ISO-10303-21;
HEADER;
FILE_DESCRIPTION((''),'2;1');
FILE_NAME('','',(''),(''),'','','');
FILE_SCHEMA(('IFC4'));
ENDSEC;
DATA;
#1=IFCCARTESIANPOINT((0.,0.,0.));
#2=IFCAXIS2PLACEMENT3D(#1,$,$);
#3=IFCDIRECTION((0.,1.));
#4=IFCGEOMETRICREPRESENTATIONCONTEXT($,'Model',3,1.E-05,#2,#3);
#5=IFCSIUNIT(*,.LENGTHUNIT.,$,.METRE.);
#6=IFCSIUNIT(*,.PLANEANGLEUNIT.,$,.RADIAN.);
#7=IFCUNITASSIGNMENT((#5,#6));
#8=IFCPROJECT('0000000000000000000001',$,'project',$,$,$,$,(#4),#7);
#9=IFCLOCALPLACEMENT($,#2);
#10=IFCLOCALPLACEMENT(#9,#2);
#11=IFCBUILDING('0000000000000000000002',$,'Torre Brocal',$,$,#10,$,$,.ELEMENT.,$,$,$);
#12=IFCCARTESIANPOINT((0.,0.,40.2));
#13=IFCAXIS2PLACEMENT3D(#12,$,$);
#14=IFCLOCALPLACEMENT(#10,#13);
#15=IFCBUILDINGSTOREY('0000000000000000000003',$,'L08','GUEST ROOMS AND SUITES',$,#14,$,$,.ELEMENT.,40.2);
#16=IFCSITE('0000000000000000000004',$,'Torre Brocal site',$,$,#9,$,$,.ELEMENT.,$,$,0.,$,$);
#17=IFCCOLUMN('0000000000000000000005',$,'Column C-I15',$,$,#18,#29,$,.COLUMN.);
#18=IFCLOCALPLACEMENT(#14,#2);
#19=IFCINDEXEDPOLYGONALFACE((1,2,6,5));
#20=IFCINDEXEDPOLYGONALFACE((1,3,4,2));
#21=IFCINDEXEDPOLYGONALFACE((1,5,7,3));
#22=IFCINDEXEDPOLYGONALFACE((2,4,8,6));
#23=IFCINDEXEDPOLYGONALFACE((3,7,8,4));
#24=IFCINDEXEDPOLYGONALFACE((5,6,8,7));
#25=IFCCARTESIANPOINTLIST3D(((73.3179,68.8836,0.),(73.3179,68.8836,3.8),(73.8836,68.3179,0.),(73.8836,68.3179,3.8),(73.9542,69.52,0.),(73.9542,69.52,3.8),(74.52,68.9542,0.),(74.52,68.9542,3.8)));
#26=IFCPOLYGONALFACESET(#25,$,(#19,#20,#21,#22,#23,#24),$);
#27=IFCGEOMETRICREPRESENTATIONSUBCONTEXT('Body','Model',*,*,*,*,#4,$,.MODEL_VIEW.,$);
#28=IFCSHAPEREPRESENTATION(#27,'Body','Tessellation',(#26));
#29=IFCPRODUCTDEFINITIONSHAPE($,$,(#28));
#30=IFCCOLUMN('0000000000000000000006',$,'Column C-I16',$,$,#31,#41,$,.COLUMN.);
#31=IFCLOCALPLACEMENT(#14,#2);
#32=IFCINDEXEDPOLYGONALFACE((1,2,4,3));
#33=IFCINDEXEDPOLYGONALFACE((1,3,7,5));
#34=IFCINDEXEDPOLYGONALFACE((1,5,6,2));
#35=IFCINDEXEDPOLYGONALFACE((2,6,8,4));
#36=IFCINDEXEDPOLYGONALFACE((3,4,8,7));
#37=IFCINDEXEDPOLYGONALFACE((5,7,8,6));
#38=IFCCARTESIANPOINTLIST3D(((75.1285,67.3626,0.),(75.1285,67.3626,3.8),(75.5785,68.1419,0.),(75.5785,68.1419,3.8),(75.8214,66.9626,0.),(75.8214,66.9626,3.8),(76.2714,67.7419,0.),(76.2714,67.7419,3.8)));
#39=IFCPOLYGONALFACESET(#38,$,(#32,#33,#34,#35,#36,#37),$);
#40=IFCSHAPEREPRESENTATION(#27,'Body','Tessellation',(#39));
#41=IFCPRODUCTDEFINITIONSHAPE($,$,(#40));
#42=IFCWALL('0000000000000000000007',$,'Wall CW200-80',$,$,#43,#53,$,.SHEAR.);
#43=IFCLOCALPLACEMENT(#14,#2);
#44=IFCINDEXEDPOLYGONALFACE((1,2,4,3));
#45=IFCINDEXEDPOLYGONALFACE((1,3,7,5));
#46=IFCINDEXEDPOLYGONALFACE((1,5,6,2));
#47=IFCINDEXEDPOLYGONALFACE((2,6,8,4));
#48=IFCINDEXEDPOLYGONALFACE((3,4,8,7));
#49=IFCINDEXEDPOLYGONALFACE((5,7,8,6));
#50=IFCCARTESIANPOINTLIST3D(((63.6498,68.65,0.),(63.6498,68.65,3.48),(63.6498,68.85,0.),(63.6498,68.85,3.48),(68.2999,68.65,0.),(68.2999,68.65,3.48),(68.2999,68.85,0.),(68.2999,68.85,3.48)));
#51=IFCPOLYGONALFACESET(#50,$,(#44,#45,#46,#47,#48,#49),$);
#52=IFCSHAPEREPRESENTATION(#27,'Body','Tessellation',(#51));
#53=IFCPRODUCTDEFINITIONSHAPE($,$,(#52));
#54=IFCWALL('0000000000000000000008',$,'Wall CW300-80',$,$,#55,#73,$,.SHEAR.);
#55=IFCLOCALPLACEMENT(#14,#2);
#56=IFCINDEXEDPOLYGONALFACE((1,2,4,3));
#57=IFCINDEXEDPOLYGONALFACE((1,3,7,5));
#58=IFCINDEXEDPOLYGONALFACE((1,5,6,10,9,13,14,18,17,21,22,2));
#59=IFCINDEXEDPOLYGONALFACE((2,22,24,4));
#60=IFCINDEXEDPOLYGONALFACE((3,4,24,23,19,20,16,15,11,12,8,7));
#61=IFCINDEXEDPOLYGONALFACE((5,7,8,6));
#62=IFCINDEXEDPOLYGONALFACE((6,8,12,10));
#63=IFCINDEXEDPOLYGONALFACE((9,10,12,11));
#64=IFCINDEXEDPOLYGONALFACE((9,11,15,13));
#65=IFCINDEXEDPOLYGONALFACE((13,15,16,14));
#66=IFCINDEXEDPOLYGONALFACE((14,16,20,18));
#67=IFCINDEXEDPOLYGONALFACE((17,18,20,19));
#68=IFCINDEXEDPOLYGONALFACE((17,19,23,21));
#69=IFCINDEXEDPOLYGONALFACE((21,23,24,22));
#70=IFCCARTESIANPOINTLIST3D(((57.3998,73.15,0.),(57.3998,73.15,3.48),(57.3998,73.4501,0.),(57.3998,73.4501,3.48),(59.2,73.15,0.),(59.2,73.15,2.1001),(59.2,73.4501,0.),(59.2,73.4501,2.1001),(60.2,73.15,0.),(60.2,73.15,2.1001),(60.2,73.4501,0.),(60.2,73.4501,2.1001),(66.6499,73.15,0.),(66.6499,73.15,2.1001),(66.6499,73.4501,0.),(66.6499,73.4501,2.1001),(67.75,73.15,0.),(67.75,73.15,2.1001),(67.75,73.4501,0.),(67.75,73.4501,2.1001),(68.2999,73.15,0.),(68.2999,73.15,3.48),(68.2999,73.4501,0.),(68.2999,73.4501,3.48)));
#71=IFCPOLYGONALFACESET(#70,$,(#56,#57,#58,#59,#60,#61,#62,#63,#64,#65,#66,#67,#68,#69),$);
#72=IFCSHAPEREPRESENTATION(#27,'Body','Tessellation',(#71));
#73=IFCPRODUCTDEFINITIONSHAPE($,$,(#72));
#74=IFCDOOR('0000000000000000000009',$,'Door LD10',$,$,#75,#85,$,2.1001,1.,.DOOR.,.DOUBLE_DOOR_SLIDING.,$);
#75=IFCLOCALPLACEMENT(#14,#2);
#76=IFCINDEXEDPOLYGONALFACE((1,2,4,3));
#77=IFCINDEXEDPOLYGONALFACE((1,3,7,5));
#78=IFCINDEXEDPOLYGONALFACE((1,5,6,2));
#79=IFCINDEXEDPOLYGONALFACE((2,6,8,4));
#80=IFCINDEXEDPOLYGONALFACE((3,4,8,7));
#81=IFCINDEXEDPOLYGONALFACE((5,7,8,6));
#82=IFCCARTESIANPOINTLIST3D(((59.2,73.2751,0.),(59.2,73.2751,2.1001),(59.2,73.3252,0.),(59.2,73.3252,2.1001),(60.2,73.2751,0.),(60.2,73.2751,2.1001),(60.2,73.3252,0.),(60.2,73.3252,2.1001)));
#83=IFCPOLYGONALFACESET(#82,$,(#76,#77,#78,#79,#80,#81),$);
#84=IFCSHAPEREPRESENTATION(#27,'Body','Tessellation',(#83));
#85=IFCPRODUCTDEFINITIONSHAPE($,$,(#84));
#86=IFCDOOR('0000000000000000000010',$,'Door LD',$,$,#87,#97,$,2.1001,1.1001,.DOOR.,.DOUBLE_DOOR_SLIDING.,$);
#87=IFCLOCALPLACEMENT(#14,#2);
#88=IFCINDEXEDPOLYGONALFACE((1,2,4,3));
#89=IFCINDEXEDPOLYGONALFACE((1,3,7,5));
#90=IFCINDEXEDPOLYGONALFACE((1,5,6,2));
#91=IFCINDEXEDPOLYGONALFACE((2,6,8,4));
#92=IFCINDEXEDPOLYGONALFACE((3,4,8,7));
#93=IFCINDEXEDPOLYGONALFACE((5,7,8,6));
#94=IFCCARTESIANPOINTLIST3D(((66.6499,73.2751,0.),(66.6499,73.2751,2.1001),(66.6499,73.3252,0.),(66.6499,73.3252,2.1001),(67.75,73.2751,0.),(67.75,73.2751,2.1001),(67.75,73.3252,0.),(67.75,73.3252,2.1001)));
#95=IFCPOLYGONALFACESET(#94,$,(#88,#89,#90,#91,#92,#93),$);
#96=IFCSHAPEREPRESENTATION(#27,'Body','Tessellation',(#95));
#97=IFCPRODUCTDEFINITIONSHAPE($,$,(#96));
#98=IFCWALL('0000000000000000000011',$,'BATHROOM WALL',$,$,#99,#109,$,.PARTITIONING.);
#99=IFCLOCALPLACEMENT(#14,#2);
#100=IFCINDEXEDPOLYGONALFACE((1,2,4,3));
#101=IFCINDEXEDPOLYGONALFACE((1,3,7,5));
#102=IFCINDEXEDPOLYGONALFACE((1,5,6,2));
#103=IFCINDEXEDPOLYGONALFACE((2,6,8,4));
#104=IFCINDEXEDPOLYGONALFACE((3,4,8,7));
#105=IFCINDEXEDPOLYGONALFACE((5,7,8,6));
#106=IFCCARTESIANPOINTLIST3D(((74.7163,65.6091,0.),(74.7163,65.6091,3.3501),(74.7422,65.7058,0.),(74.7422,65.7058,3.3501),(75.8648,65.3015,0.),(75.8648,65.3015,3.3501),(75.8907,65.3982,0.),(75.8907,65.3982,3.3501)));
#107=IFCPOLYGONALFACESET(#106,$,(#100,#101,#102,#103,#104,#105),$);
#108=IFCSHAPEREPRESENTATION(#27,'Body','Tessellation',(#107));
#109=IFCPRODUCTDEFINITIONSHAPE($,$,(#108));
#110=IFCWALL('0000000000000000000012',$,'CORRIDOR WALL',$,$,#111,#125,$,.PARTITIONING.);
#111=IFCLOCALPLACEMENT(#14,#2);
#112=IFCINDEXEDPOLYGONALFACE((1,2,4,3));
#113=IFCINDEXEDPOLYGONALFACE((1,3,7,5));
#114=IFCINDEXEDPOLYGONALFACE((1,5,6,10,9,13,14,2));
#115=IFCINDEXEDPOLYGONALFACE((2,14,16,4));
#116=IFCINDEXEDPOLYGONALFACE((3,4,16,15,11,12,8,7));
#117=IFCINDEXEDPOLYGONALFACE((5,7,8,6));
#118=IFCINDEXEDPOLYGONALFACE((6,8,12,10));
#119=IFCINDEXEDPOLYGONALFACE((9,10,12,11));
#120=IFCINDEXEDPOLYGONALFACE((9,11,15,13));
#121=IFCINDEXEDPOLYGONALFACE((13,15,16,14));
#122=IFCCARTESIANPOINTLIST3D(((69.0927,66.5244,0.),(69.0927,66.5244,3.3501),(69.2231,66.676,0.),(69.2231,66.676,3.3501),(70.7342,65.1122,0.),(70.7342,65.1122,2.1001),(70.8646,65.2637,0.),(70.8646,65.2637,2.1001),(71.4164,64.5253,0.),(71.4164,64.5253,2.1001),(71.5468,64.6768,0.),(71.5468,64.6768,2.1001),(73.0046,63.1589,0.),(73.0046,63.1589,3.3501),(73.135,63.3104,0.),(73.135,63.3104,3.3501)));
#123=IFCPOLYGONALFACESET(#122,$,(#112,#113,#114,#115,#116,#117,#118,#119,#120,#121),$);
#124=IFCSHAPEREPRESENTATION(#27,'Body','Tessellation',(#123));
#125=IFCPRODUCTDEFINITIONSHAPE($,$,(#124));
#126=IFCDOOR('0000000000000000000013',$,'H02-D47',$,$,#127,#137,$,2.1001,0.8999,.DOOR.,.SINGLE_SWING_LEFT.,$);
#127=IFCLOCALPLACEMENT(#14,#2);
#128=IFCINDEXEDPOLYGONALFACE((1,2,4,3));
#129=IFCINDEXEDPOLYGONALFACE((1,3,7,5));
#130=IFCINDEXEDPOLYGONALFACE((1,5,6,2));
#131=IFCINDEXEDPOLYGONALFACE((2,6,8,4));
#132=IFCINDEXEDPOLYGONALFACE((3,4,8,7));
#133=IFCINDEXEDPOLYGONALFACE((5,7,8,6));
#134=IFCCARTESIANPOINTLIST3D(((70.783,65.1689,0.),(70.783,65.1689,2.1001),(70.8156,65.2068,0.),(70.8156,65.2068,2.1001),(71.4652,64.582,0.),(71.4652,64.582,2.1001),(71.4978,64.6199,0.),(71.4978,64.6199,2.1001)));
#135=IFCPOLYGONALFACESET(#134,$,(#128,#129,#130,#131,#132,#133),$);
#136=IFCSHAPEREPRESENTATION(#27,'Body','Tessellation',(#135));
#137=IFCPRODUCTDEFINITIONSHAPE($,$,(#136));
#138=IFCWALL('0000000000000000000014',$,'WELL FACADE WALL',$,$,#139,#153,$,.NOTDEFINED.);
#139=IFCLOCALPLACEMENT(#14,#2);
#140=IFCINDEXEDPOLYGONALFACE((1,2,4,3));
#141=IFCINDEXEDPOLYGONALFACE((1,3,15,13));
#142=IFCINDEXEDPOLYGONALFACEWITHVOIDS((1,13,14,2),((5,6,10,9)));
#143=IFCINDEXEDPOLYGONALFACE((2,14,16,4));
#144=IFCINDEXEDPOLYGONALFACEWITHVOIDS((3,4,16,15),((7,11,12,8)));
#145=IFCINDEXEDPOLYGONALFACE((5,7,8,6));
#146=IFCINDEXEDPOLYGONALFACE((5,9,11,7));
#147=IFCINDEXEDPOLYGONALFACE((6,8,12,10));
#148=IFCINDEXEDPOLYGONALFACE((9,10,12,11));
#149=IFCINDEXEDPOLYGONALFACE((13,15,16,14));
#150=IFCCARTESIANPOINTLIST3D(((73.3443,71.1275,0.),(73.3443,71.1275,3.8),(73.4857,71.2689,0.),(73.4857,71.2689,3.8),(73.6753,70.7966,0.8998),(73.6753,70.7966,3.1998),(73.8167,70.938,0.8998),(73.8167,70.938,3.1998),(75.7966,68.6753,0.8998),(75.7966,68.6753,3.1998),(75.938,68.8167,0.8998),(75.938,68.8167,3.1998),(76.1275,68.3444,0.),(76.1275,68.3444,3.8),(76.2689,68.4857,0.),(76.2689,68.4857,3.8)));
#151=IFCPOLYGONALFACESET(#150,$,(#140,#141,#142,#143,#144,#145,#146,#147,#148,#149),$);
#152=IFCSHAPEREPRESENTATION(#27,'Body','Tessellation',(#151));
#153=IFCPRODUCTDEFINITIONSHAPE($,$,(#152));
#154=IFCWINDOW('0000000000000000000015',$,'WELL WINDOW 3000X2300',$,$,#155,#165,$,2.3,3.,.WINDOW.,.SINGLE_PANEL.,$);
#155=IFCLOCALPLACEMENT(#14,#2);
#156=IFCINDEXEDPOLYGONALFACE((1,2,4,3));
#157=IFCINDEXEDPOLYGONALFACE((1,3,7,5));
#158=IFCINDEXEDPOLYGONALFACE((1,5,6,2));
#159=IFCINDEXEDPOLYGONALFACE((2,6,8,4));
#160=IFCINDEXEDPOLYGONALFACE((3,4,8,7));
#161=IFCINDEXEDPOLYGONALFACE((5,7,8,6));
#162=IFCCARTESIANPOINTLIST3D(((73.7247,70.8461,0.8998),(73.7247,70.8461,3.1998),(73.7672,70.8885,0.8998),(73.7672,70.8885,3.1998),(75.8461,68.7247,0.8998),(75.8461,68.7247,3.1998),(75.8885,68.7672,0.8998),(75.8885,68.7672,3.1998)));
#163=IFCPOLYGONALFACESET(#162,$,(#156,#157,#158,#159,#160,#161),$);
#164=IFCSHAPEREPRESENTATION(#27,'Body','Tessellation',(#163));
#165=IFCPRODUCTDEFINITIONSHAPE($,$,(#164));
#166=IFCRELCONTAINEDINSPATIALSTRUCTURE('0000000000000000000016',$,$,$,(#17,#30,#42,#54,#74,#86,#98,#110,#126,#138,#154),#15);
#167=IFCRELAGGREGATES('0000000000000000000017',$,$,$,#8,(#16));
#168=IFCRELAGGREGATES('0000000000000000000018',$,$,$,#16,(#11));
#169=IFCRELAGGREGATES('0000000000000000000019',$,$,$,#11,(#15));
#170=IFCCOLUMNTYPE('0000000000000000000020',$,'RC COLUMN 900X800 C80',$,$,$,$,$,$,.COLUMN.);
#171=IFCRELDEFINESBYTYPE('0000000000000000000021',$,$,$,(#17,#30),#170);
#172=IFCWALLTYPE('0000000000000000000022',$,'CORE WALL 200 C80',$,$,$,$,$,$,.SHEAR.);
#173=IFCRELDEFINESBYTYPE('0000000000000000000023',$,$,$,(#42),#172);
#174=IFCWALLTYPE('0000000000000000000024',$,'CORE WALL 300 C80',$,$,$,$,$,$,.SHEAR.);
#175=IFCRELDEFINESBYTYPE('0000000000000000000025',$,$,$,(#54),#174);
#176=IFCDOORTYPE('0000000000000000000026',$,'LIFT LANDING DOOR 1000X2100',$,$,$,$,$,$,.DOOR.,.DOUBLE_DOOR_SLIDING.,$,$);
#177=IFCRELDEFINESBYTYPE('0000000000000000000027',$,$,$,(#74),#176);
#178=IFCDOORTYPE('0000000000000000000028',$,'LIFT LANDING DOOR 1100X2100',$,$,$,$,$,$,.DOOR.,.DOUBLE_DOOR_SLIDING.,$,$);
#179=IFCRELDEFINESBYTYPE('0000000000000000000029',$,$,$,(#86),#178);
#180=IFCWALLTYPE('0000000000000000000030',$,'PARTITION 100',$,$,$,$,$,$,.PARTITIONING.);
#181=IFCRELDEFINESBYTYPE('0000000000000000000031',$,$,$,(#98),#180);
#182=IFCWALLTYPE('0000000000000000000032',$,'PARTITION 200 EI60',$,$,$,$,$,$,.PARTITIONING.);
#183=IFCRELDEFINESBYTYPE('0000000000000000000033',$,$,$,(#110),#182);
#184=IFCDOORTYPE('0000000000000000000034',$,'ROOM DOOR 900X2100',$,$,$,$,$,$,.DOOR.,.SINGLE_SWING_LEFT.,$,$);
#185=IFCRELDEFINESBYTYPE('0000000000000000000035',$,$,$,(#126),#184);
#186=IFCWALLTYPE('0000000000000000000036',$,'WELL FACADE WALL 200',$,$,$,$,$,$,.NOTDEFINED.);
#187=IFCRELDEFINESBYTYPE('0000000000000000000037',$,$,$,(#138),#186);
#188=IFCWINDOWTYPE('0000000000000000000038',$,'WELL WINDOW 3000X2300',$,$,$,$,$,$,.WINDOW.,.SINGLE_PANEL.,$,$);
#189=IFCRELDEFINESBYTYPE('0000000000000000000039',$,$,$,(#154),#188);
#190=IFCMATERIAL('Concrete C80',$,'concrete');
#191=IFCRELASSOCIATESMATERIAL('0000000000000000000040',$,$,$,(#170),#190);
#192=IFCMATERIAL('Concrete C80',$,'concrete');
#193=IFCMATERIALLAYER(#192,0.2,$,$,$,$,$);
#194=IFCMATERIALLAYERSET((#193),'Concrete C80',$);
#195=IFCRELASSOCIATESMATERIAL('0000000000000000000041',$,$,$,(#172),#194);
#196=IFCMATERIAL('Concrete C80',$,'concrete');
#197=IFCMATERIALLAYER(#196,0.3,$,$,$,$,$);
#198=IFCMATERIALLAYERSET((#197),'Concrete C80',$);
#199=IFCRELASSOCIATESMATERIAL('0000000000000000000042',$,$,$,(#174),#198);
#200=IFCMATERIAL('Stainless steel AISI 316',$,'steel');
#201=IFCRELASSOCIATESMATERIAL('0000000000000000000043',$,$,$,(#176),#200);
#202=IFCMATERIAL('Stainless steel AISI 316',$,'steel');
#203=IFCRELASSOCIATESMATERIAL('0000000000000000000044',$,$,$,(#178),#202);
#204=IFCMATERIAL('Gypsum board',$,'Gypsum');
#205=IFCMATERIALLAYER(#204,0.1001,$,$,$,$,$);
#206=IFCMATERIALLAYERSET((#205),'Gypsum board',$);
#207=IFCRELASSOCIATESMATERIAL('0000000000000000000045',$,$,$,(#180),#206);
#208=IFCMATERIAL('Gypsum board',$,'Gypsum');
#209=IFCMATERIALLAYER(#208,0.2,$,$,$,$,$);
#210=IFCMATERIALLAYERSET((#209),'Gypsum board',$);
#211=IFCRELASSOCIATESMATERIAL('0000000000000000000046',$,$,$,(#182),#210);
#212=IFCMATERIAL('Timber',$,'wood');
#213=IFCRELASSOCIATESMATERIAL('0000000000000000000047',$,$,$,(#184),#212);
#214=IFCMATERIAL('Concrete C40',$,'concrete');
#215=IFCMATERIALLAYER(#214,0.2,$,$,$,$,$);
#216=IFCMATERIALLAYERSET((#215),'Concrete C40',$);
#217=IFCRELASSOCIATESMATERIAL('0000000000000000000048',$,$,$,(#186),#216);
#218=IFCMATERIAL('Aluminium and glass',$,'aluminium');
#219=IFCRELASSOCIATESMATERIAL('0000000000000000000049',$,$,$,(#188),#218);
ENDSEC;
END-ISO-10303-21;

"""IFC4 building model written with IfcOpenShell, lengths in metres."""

from ifc_helpers import new_model, si_unit, direction, frame, frame_2d, origin, origin_2d, place, context, subcontext, project, spatial, rectangle, extrude, material, layer, layer_set, material_profile, profile_set, type_object, element, fill, save


model = new_model("IFC4")

# Units and contexts
model_context = context("Model", 3, precision=1e-05, world=origin(), true_north=direction((0.0, 1.0)))
body_context = subcontext(model_context, "Body", "Model", "MODEL_VIEW")
ifc_project = project(units=[si_unit("LENGTHUNIT", "METRE"), si_unit("PLANEANGLEUNIT", "RADIAN")], contexts=[model_context])

# Site, building, storey
site_placement = place(None, origin())
site = spatial("IfcSite", under=ifc_project, at=site_placement, Name="Torre Brocal site", CompositionType="ELEMENT", RefElevation=0.0)
building_placement = place(site_placement, origin())
building = spatial("IfcBuilding", under=site, at=building_placement, Name="Torre Brocal", CompositionType="ELEMENT")
storey_placement = place(building_placement, frame((0.0, 0.0, 40.2)))
storey = spatial("IfcBuildingStorey", under=building, at=storey_placement, Name="L08", Description="GUEST ROOMS AND SUITES", CompositionType="ELEMENT", Elevation=40.2)

# Columns
ifc_material_1 = material(Name="Concrete C80", Category="concrete")
ifc_material_profile = material_profile(ifc_material_1, rectangle(XDim=0.8999, YDim=0.8, at=origin_2d()), Name="RC 900X800")
ifc_profile_set = profile_set([ifc_material_profile], Name="Concrete C80")
column_type = type_object("IfcColumnType", Name="RC COLUMN 900X800 C80", PredefinedType="COLUMN", material=ifc_profile_set)
for number, where, z_axis, x_axis, name in (
    (1, (73.9189, 68.9189, 0.0), (0.0, 0.0, 1.0), (-0.707107, -0.707107, 0.0), "Column C-I15"),
    (2, (75.7, 67.5522, 0.0), (0.0, 0.0, 1.0), (-0.5, -0.866025, 0.0), "Column C-I16"),
):
    element("IfcColumn", number, at=place(storey_placement, frame(where, z_axis=z_axis, x_axis=x_axis)), inside=storey, type_object=column_type, Name=name, PredefinedType="COLUMN", context=body_context, shape_type="SweptSolid", body=[
        extrude(rectangle(XDim=0.8999, YDim=0.8, at=origin_2d()), origin(), (0.0, 0.0, 1.0), 3.8),
    ])

# Wall
ifc_material_2 = material(Name="Concrete C80", Category="concrete")
ifc_layer_1 = layer(ifc_material_2, 0.2)
ifc_layer_set_1 = layer_set([ifc_layer_1], Name="Concrete C80")
wall_type_1 = type_object("IfcWallType", Name="CORE WALL 200 C80", PredefinedType="SHEAR", material=ifc_layer_set_1)
wall_1_placement = place(storey_placement, frame((68.3, 68.75, 0.0), z_axis=(0.0, 0.0, 1.0), x_axis=(-1.0, 0.0, 0.0)))
element("IfcWall", 3, at=wall_1_placement, inside=storey, type_object=wall_type_1, Name="Wall CW200-80", PredefinedType="SHEAR", context=body_context, shape_type="SweptSolid", body=[
    extrude(rectangle(XDim=4.6501, YDim=0.2, at=frame_2d((2.3252, 0.0))), origin(), (0.0, 0.0, 1.0), 3.48),
])

# Wall, openings, doors
ifc_material_3 = material(Name="Concrete C80", Category="concrete")
ifc_layer_2 = layer(ifc_material_3, 0.3)
ifc_layer_set_2 = layer_set([ifc_layer_2], Name="Concrete C80")
wall_type_2 = type_object("IfcWallType", Name="CORE WALL 300 C80", PredefinedType="SHEAR", material=ifc_layer_set_2)
wall_2_placement = place(storey_placement, frame((68.3, 73.3, 0.0), z_axis=(0.0, 0.0, 1.0), x_axis=(-1.0, 0.0, 0.0)))
wall_2 = element("IfcWall", 4, at=wall_2_placement, inside=storey, type_object=wall_type_2, Name="Wall CW300-80", PredefinedType="SHEAR", context=body_context, shape_type="SweptSolid", body=[
    extrude(rectangle(XDim=10.9001, YDim=0.3, at=frame_2d((5.4502, 0.0))), origin(), (0.0, 0.0, 1.0), 3.48),
])
opening_1_placement = place(wall_2_placement, frame((0.55, 0.0, 0.0)))
opening_1 = element("IfcOpeningElement", 5, at=opening_1_placement, cuts=wall_2, PredefinedType="OPENING", context=body_context, shape_type="SweptSolid", body=[
    extrude(rectangle(XDim=1.1001, YDim=2.1001, at=frame_2d((0.55, 1.05))), frame((0.0, 0.1599, 0.0), z_axis=(0.0, -1.0, 0.0), x_axis=(1.0, 0.0, 0.0)), (0.0, 0.0, 1.0), 0.3201),
])
opening_2_placement = place(wall_2_placement, frame((8.1001, 0.0, 0.0)))
opening_2 = element("IfcOpeningElement", 6, at=opening_2_placement, cuts=wall_2, PredefinedType="OPENING", context=body_context, shape_type="SweptSolid", body=[
    extrude(rectangle(XDim=1.0, YDim=2.1001, at=frame_2d((0.5, 1.05))), frame((0.0, 0.1599, 0.0), z_axis=(0.0, -1.0, 0.0), x_axis=(1.0, 0.0, 0.0)), (0.0, 0.0, 1.0), 0.3201),
])
ifc_material_4 = material(Name="Stainless steel AISI 316", Category="steel")
door_type_1 = type_object("IfcDoorType", Name="LIFT LANDING DOOR 1000X2100", OperationType="DOUBLE_DOOR_SLIDING", PredefinedType="DOOR", material=ifc_material_4)
door_1_placement = place(opening_2_placement, origin())
door_1 = element("IfcDoor", 7, at=door_1_placement, inside=storey, type_object=door_type_1, Name="Door LD10", OperationType="DOUBLE_DOOR_SLIDING", OverallHeight=2.1001, OverallWidth=1.0, PredefinedType="DOOR", context=body_context, shape_type="SweptSolid", body=[
    extrude(rectangle(XDim=1.0, YDim=2.1001, at=frame_2d((0.5, 1.05))), frame((0.0, 0.0249, 0.0), z_axis=(0.0, -1.0, 0.0), x_axis=(1.0, 0.0, 0.0)), (0.0, 0.0, 1.0), 0.05),
])
fill(opening_2, door_1)
ifc_material_5 = material(Name="Stainless steel AISI 316", Category="steel")
door_type_2 = type_object("IfcDoorType", Name="LIFT LANDING DOOR 1100X2100", OperationType="DOUBLE_DOOR_SLIDING", PredefinedType="DOOR", material=ifc_material_5)
door_2_placement = place(opening_1_placement, origin())
door_2 = element("IfcDoor", 8, at=door_2_placement, inside=storey, type_object=door_type_2, Name="Door LD", OperationType="DOUBLE_DOOR_SLIDING", OverallHeight=2.1001, OverallWidth=1.1001, PredefinedType="DOOR", context=body_context, shape_type="SweptSolid", body=[
    extrude(rectangle(XDim=1.1001, YDim=2.1001, at=frame_2d((0.55, 1.05))), frame((0.0, 0.0249, 0.0), z_axis=(0.0, -1.0, 0.0), x_axis=(1.0, 0.0, 0.0)), (0.0, 0.0, 1.0), 0.05),
])
fill(opening_1, door_2)

# Wall
ifc_material_6 = material(Name="Gypsum board", Category="Gypsum")
ifc_layer_3 = layer(ifc_material_6, 0.1001)
ifc_layer_set_3 = layer_set([ifc_layer_3], Name="Gypsum board")
wall_type_3 = type_object("IfcWallType", Name="PARTITION 100", PredefinedType="PARTITIONING", material=ifc_layer_set_3)
wall_3_placement = place(storey_placement, frame((74.7292, 65.6575, 0.0), z_axis=(0.0, 0.0, 1.0), x_axis=(0.965948, -0.258736, 0.0)))
element("IfcWall", 9, at=wall_3_placement, inside=storey, type_object=wall_type_3, Name="BATHROOM WALL", PredefinedType="PARTITIONING", context=body_context, shape_type="SweptSolid", body=[
    extrude(rectangle(XDim=1.189, YDim=0.1001, at=frame_2d((0.5945, 0.0))), origin(), (0.0, 0.0, 1.0), 3.3501),
])

# Wall, opening, door
ifc_material_7 = material(Name="Gypsum board", Category="Gypsum")
ifc_layer_4 = layer(ifc_material_7, 0.2)
ifc_layer_set_4 = layer_set([ifc_layer_4], Name="Gypsum board")
wall_type_4 = type_object("IfcWallType", Name="PARTITION 200 EI60", PredefinedType="PARTITIONING", material=ifc_layer_set_4)
wall_4_placement = place(storey_placement, frame((69.158, 66.6001, 0.0), z_axis=(0.0, 0.0, 1.0), x_axis=(0.758063, -0.652181, 0.0)))
wall_4 = element("IfcWall", 10, at=wall_4_placement, inside=storey, type_object=wall_type_4, Name="CORRIDOR WALL", PredefinedType="PARTITIONING", context=body_context, shape_type="SweptSolid", body=[
    extrude(rectangle(XDim=5.1604, YDim=0.2, at=frame_2d((2.5801, 0.0))), origin(), (0.0, 0.0, 1.0), 3.3501),
])
opening_3_placement = place(wall_4_placement, frame((2.1653, 0.0, 0.0)))
opening_3 = element("IfcOpeningElement", 11, at=opening_3_placement, cuts=wall_4, PredefinedType="OPENING", context=body_context, shape_type="SweptSolid", body=[
    extrude(rectangle(XDim=0.8999, YDim=2.1001, at=frame_2d((0.45, 1.05))), frame((0.0, 0.1099, 0.0), z_axis=(0.0, -1.0, 0.0), x_axis=(1.0, 0.0, 0.0)), (0.0, 0.0, 1.0), 0.22),
])
ifc_material_8 = material(Name="Timber", Category="wood")
door_type_3 = type_object("IfcDoorType", Name="ROOM DOOR 900X2100", OperationType="SINGLE_SWING_LEFT", PredefinedType="DOOR", material=ifc_material_8)
door_3_placement = place(opening_3_placement, origin())
door_3 = element("IfcDoor", 12, at=door_3_placement, inside=storey, type_object=door_type_3, Name="H02-D47", OperationType="SINGLE_SWING_LEFT", OverallHeight=2.1001, OverallWidth=0.8999, PredefinedType="DOOR", context=body_context, shape_type="SweptSolid", body=[
    extrude(rectangle(XDim=0.8999, YDim=2.1001, at=frame_2d((0.45, 1.05))), frame((0.0, 0.0249, 0.0), z_axis=(0.0, -1.0, 0.0), x_axis=(1.0, 0.0, 0.0)), (0.0, 0.0, 1.0), 0.05),
])
fill(opening_3, door_3)

# Wall, opening, window
ifc_material_9 = material(Name="Concrete C40", Category="concrete")
ifc_layer_5 = layer(ifc_material_9, 0.2)
ifc_layer_set_5 = layer_set([ifc_layer_5], Name="Concrete C40")
wall_type_5 = type_object("IfcWallType", Name="WELL FACADE WALL 200", PredefinedType="NOTDEFINED", material=ifc_layer_set_5)
wall_5_placement = place(storey_placement, frame((73.415, 71.1982, 0.0), z_axis=(0.0, 0.0, 1.0), x_axis=(0.707107, -0.707107, 0.0)))
wall_5 = element("IfcWall", 13, at=wall_5_placement, inside=storey, type_object=wall_type_5, Name="WELL FACADE WALL", PredefinedType="NOTDEFINED", context=body_context, shape_type="SweptSolid", body=[
    extrude(rectangle(XDim=3.936, YDim=0.2, at=frame_2d((1.968, 0.0))), origin(), (0.0, 0.0, 1.0), 3.8),
])
opening_4_placement = place(wall_5_placement, frame((0.468, 0.0, 0.8999)))
opening_4 = element("IfcOpeningElement", 14, at=opening_4_placement, cuts=wall_5, PredefinedType="OPENING", context=body_context, shape_type="SweptSolid", body=[
    extrude(rectangle(XDim=3.0, YDim=2.3, at=frame_2d((1.5, 1.1499))), frame((0.0, 0.1099, 0.0), z_axis=(0.0, -1.0, 0.0), x_axis=(1.0, 0.0, 0.0)), (0.0, 0.0, 1.0), 0.22),
])
ifc_material_10 = material(Name="Aluminium and glass", Category="aluminium")
window_type = type_object("IfcWindowType", Name="WELL WINDOW 3000X2300", PartitioningType="SINGLE_PANEL", PredefinedType="WINDOW", material=ifc_material_10)
window_1_placement = place(opening_4_placement, origin())
window_1 = element("IfcWindow", 15, at=window_1_placement, inside=storey, type_object=window_type, Name="WELL WINDOW 3000X2300", OverallHeight=2.3, OverallWidth=3.0, PartitioningType="SINGLE_PANEL", PredefinedType="WINDOW", context=body_context, shape_type="SweptSolid", body=[
    extrude(rectangle(XDim=3.0, YDim=2.3, at=frame_2d((1.5, 1.1499))), frame((0.0, 0.03, 0.0), z_axis=(0.0, -1.0, 0.0), x_axis=(1.0, 0.0, 0.0)), (0.0, 0.0, 1.0), 0.0601),
])
fill(opening_4, window_1)

save(model, "model.ifc")
